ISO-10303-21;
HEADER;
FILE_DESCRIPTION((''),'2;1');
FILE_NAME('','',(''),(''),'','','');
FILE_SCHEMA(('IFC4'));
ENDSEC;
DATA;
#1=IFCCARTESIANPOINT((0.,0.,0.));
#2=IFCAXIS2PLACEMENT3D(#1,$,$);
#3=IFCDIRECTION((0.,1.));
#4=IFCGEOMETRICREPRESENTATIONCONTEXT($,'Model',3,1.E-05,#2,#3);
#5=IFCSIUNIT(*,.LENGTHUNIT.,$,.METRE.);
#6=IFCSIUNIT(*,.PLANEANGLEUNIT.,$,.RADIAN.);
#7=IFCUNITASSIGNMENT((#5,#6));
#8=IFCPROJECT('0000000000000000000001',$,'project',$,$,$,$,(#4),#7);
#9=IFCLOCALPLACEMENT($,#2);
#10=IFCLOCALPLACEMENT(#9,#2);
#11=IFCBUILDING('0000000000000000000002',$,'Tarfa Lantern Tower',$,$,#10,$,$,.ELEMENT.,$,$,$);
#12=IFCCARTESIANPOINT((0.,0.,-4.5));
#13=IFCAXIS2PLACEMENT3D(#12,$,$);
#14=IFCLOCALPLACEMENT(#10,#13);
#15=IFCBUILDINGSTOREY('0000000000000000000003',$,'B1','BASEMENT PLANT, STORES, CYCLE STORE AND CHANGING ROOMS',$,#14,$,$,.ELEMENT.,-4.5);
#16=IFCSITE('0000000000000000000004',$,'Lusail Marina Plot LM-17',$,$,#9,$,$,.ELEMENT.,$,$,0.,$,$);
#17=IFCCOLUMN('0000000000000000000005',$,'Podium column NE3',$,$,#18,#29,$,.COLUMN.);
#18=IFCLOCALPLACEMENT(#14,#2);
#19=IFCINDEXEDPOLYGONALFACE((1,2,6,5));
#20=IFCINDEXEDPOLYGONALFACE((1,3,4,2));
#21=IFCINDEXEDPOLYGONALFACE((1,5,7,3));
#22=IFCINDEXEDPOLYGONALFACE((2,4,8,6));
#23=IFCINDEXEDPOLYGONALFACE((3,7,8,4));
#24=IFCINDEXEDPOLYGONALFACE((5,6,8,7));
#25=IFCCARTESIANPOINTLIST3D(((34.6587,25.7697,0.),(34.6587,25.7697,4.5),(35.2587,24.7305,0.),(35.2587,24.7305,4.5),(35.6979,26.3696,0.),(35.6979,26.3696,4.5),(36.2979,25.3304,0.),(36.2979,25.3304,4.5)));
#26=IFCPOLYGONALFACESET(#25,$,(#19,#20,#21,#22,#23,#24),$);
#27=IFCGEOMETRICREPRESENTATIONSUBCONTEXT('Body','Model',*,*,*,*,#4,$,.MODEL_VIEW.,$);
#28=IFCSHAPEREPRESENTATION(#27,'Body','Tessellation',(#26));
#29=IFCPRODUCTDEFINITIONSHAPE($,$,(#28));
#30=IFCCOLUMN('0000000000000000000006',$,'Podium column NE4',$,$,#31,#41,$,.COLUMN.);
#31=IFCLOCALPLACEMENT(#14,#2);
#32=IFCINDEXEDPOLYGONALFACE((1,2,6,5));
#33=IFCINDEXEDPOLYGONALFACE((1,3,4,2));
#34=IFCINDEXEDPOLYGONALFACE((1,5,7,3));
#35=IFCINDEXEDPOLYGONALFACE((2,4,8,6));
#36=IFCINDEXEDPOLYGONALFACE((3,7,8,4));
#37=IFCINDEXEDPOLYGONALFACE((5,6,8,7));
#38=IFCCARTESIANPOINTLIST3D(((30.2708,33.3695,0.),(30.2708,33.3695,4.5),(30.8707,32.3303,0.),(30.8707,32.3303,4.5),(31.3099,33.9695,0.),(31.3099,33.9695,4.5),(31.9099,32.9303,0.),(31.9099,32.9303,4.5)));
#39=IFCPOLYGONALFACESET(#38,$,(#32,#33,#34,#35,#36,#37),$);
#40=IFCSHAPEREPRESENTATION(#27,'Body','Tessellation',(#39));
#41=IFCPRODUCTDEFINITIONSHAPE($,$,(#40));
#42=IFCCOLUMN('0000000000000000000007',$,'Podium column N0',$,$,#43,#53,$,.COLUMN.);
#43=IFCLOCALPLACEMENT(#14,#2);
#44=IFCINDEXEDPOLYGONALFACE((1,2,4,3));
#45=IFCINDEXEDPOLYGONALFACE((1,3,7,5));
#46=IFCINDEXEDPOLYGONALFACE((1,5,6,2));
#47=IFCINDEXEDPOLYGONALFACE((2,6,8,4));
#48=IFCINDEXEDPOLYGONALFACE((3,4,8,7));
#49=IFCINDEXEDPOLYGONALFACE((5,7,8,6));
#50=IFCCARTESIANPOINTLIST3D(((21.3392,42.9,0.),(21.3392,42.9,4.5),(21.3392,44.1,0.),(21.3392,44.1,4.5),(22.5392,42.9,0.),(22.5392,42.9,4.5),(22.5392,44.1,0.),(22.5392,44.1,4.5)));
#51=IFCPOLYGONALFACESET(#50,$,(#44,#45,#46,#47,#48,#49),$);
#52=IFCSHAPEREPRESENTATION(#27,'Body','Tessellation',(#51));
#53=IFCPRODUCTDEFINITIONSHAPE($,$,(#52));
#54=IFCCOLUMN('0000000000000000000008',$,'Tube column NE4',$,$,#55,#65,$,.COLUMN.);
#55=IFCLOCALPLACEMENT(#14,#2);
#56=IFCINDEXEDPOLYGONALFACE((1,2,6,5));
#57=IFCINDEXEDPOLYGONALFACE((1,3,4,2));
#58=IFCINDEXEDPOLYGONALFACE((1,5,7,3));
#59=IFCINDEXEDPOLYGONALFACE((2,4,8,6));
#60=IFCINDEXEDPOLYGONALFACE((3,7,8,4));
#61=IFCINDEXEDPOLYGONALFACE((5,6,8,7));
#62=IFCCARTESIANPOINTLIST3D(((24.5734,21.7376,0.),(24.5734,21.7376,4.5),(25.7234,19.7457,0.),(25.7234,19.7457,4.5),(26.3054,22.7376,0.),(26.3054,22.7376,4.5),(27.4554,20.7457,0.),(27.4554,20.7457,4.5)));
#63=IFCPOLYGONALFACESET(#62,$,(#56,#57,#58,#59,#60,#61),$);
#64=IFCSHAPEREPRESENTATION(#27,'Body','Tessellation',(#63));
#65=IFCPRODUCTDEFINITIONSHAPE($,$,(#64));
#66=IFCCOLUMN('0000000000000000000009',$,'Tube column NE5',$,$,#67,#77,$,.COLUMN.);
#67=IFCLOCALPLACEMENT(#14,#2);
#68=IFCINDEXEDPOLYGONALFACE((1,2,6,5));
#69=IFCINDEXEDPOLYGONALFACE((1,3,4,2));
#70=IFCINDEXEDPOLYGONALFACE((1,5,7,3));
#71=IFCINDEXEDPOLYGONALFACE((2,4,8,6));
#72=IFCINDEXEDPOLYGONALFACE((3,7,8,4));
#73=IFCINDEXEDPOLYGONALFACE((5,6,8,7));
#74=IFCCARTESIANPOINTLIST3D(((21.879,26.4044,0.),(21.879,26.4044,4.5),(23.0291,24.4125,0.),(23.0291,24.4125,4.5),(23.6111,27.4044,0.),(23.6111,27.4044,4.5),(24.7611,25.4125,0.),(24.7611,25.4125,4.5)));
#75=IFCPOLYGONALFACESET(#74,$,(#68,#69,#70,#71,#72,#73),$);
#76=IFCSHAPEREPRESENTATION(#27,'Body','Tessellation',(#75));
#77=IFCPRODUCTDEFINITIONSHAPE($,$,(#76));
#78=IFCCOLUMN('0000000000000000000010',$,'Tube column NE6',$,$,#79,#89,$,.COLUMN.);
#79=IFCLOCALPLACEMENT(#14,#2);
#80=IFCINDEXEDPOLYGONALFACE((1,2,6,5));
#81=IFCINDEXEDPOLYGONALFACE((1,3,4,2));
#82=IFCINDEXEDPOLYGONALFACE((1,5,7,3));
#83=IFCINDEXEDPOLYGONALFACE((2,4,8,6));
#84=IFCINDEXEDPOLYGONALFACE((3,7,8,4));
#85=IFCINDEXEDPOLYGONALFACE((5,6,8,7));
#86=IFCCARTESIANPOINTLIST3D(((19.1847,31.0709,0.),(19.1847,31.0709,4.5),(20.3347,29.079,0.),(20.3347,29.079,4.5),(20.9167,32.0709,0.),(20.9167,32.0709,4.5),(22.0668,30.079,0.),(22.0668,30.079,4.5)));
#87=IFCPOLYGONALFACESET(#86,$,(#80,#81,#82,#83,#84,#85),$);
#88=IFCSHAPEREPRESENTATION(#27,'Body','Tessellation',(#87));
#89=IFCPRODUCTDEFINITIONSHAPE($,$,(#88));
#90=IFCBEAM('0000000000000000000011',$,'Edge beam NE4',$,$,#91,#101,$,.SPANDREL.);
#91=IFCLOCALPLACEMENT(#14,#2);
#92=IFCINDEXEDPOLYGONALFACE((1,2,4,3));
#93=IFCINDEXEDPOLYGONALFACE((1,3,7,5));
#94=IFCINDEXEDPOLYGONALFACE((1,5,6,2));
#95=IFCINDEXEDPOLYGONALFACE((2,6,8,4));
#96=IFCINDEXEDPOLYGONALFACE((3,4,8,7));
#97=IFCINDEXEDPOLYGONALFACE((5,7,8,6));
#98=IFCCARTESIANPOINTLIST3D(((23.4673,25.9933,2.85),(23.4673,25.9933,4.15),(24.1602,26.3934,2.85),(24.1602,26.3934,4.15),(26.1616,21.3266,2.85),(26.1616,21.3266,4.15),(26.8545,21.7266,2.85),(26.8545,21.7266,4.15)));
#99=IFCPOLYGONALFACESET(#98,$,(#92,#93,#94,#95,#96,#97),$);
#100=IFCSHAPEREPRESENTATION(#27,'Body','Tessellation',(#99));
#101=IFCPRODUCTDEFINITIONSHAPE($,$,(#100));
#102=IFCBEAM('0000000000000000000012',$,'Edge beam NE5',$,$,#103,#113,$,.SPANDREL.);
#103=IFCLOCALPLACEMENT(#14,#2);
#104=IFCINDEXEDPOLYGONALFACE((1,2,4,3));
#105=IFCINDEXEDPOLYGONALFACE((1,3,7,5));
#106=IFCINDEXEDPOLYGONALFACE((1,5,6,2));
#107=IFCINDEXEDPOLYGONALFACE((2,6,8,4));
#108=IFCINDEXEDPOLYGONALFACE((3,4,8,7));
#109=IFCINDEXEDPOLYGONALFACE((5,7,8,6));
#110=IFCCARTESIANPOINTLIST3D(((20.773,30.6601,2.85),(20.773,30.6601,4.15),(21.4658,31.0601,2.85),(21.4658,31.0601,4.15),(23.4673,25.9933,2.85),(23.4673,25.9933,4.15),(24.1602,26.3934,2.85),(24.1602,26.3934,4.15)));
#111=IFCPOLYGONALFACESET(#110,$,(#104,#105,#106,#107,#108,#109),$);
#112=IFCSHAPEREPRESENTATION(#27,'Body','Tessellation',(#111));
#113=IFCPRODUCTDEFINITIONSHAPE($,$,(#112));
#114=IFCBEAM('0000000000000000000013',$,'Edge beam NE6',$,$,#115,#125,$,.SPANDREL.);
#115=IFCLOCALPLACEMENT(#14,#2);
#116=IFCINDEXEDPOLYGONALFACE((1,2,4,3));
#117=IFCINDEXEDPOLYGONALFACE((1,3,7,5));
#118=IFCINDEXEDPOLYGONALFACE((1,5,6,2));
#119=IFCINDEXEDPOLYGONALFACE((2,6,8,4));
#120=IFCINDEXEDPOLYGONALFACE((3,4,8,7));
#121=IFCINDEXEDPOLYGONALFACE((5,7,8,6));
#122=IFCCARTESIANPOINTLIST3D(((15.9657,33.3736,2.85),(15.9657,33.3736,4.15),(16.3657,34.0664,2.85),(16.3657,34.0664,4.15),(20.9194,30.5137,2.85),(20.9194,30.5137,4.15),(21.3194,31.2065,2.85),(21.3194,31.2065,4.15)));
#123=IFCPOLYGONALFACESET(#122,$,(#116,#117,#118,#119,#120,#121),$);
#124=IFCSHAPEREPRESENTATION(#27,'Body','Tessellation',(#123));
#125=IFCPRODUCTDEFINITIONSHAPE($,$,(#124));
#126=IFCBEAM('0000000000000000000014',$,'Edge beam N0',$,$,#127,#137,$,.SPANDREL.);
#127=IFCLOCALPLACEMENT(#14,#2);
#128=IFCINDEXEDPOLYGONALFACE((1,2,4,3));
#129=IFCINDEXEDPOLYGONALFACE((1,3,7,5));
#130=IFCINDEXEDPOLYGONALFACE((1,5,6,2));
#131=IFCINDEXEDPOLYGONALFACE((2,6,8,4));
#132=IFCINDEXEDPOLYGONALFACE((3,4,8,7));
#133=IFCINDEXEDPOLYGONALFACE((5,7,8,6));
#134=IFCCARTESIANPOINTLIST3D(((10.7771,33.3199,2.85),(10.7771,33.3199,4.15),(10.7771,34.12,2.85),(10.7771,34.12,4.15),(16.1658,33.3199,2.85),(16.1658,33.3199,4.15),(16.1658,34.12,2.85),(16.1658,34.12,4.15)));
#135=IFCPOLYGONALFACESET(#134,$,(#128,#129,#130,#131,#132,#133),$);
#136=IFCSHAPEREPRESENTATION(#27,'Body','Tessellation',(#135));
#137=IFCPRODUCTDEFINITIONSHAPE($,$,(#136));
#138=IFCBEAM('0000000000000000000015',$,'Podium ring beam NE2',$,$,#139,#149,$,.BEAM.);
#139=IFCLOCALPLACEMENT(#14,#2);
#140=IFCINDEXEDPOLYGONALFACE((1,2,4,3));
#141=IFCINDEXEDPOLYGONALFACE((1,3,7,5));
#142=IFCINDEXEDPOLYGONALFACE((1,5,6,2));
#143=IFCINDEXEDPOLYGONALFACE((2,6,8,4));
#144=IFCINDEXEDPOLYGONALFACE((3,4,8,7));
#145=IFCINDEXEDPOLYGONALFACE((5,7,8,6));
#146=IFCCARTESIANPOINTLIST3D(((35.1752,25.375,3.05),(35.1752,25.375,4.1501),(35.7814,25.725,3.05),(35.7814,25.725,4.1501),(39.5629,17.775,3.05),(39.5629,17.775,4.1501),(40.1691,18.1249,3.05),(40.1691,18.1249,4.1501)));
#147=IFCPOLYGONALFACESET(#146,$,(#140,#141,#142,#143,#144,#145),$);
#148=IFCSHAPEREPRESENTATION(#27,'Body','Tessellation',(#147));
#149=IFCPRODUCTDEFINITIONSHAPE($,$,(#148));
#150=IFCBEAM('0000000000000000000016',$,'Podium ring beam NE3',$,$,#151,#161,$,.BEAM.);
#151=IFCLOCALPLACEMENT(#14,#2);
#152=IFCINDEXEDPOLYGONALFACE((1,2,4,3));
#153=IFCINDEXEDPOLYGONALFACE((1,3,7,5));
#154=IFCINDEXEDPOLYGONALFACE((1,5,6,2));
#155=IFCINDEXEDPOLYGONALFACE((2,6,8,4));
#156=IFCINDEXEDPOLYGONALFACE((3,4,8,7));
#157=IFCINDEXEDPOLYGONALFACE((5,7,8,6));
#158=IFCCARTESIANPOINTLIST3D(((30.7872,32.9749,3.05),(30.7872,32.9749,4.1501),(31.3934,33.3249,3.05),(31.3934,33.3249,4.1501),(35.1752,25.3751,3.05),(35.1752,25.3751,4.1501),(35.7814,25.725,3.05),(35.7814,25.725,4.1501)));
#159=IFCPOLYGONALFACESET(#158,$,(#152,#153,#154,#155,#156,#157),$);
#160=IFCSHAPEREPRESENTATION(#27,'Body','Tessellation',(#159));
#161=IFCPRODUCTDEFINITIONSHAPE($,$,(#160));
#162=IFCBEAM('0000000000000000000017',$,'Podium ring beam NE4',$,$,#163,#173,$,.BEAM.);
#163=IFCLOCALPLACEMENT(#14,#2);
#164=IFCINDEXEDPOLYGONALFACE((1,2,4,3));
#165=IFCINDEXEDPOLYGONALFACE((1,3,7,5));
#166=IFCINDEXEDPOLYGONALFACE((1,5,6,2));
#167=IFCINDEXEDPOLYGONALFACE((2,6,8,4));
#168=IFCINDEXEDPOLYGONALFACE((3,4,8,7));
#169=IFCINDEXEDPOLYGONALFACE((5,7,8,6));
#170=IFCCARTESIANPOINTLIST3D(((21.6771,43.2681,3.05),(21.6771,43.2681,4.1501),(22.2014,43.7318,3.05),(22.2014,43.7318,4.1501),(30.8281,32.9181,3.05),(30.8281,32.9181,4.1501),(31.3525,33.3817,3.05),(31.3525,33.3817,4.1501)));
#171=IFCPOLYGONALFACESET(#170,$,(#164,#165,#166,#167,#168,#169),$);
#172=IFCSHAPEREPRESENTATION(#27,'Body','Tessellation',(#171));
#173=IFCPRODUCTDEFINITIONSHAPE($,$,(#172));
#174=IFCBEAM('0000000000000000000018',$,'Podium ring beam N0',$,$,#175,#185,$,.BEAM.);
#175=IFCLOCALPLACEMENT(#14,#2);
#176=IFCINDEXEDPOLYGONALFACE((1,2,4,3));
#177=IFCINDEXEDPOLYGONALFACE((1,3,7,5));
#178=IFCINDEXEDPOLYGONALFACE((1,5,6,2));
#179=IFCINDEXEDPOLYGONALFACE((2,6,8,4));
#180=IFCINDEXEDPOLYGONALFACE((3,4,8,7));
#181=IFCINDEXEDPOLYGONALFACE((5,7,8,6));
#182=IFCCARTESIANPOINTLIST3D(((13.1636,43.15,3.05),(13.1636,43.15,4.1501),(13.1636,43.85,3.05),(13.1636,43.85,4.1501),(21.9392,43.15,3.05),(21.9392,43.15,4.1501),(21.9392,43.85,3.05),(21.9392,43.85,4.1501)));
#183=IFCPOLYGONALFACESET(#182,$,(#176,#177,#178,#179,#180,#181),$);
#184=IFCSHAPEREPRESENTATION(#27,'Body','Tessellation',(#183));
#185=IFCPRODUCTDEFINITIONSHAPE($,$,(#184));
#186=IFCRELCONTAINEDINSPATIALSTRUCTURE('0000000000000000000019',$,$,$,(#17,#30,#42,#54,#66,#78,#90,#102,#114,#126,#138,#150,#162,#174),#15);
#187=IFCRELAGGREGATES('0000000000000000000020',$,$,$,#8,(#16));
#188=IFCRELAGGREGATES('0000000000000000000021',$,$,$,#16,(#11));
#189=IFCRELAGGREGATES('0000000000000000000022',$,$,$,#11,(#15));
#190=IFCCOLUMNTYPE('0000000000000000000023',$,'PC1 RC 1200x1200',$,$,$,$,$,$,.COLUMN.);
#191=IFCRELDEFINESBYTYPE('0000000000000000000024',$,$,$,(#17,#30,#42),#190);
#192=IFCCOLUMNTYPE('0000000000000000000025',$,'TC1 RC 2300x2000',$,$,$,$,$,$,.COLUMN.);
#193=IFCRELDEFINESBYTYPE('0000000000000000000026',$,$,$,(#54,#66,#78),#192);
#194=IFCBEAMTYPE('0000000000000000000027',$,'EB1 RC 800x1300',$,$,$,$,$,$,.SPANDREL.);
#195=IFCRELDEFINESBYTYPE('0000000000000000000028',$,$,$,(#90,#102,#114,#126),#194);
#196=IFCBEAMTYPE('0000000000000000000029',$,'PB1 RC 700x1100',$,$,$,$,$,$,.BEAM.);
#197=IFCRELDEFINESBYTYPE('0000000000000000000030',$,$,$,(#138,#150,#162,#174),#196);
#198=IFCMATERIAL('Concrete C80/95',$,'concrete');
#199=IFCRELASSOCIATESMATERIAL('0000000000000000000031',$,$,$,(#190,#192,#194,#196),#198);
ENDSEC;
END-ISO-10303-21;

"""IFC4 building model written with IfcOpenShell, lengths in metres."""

from ifc_helpers import new_model, si_unit, direction, frame, origin, origin_2d, place, context, subcontext, project, spatial, rectangle, extrude, material, material_profile, profile_set, type_object, element, save


model = new_model("IFC4")

# Units and contexts
model_context = context("Model", 3, precision=1e-05, world=origin(), true_north=direction((0.0, 1.0)))
body_context = subcontext(model_context, "Body", "Model", "MODEL_VIEW")
ifc_project = project(units=[si_unit("LENGTHUNIT", "METRE"), si_unit("PLANEANGLEUNIT", "RADIAN")], contexts=[model_context])

# Site, building, storey
site_placement = place(None, origin())
site = spatial("IfcSite", under=ifc_project, at=site_placement, Name="Lusail Marina Plot LM-17", CompositionType="ELEMENT", RefElevation=0.0)
building_placement = place(site_placement, origin())
building = spatial("IfcBuilding", under=site, at=building_placement, Name="Tarfa Lantern Tower", CompositionType="ELEMENT")
storey_placement = place(building_placement, frame((0.0, 0.0, -4.5)))
storey = spatial("IfcBuildingStorey", under=building, at=storey_placement, Name="B1", Description="BASEMENT PLANT, STORES, CYCLE STORE AND CHANGING ROOMS", CompositionType="ELEMENT", Elevation=-4.5)

# Columns
ifc_material_1 = material(Name="Concrete C80/95", Category="concrete")
ifc_material_profile_1 = material_profile(ifc_material_1, rectangle(XDim=1.2, YDim=1.2, at=origin_2d()), Name="RC 1200x1200")
ifc_profile_set_1 = profile_set([ifc_material_profile_1], Name="Concrete C80/95")
column_type_1 = type_object("IfcColumnType", Name="PC1 RC 1200x1200", PredefinedType="COLUMN", material=ifc_profile_set_1)
for number, where, z_axis, x_axis, name in (
    (1, (35.4783, 25.55, 0.0), (0.0, 0.0, 1.0), (-0.5, 0.866025, 0.0), "Podium column NE3"),
    (2, (31.0903, 33.1499, 0.0), (0.0, 0.0, 1.0), (-0.5, 0.866025, 0.0), "Podium column NE4"),
    (3, (21.9392, 43.5, 0.0), (0.0, 0.0, 1.0), (-1.0, 0.0, 0.0), "Podium column N0"),
):
    element("IfcColumn", number, at=place(storey_placement, frame(where, z_axis=z_axis, x_axis=x_axis)), inside=storey, type_object=column_type_1, Name=name, PredefinedType="COLUMN", context=body_context, shape_type="SweptSolid", body=[
        extrude(rectangle(XDim=1.2, YDim=1.2, at=origin_2d()), origin(), (0.0, 0.0, 1.0), 4.5),
    ])
ifc_material_profile_2 = material_profile(ifc_material_1, rectangle(XDim=2.3, YDim=2.0, at=origin_2d()), Name="RC 2300x2000")
ifc_profile_set_2 = profile_set([ifc_material_profile_2], Name="Concrete C80/95")
column_type_2 = type_object("IfcColumnType", Name="TC1 RC 2300x2000", PredefinedType="COLUMN", material=ifc_profile_set_2)
for number, where, z_axis, x_axis, name in (
    (4, (26.0144, 21.2417, 0.0), (0.0, 0.0, 1.0), (-0.5, 0.866025, 0.0), "Tube column NE4"),
    (5, (23.3201, 25.9084, 0.0), (0.0, 0.0, 1.0), (-0.5, 0.866025, 0.0), "Tube column NE5"),
    (6, (20.6257, 30.575, 0.0), (0.0, 0.0, 1.0), (-0.5, 0.866025, 0.0), "Tube column NE6"),
):
    element("IfcColumn", number, at=place(storey_placement, frame(where, z_axis=z_axis, x_axis=x_axis)), inside=storey, type_object=column_type_2, Name=name, PredefinedType="COLUMN", context=body_context, shape_type="SweptSolid", body=[
        extrude(rectangle(XDim=2.3, YDim=2.0, at=origin_2d()), origin(), (0.0, 0.0, 1.0), 4.5),
    ])

# Beams
ifc_material_profile_3 = material_profile(ifc_material_1, rectangle(XDim=0.8, YDim=1.3, at=origin_2d()), Name="RC 800x1300")
ifc_profile_set_3 = profile_set([ifc_material_profile_3], Name="Concrete C80/95")
beam_type_1 = type_object("IfcBeamType", Name="EB1 RC 800x1300", PredefinedType="SPANDREL", material=ifc_profile_set_3)
for number, where, z_axis, x_axis, name in (
    (7, (26.5081, 21.5266, 3.5), (-0.499998, 0.866026, 0.0), (-0.866026, -0.499998, 0.0), "Edge beam NE4"),
    (8, (23.8137, 26.1934, 3.5), (-0.499998, 0.866026, 0.0), (-0.866026, -0.499998, 0.0), "Edge beam NE5"),
):
    element("IfcBeam", number, at=place(storey_placement, frame(where, z_axis=z_axis, x_axis=x_axis)), inside=storey, type_object=beam_type_1, Name=name, PredefinedType="SPANDREL", context=body_context, shape_type="SweptSolid", body=[
        extrude(rectangle(XDim=0.8, YDim=1.3, at=origin_2d()), origin(), (0.0, 0.0, 1.0), 5.3887),
    ])
beam_1_placement = place(storey_placement, frame((21.1194, 30.8601, 3.5), z_axis=(-0.866033, 0.499986, 0.0), x_axis=(-0.499986, -0.866033, 0.0)))
element("IfcBeam", 9, at=beam_1_placement, inside=storey, type_object=beam_type_1, Name="Edge beam NE6", PredefinedType="SPANDREL", context=body_context, shape_type="SweptSolid", body=[
    extrude(rectangle(XDim=0.8, YDim=1.3, at=origin_2d()), origin(), (0.0, 0.0, 1.0), 5.72),
])
beam_2_placement = place(storey_placement, frame((16.1658, 33.72, 3.5), z_axis=(-1.0, 0.0, 0.0), x_axis=(0.0, -1.0, 0.0)))
element("IfcBeam", 10, at=beam_2_placement, inside=storey, type_object=beam_type_1, Name="Edge beam N0", PredefinedType="SPANDREL", context=body_context, shape_type="SweptSolid", body=[
    extrude(rectangle(XDim=0.8, YDim=1.3, at=origin_2d()), origin(), (0.0, 0.0, 1.0), 5.3887),
])
ifc_material_profile_4 = material_profile(ifc_material_1, rectangle(XDim=0.7, YDim=1.1001, at=origin_2d()), Name="RC 700x1100")
ifc_profile_set_4 = profile_set([ifc_material_profile_4], Name="Concrete C80/95")
beam_type_2 = type_object("IfcBeamType", Name="PB1 RC 700x1100", PredefinedType="BEAM", material=ifc_profile_set_4)
for number, where, z_axis, x_axis, name in (
    (11, (39.866, 17.95, 3.6001), (-0.499981, 0.866036, 0.0), (-0.866036, -0.499981, 0.0), "Podium ring beam NE2"),
    (12, (35.4783, 25.55, 3.6001), (-0.500014, 0.866017, 0.0), (-0.866017, -0.500014, 0.0), "Podium ring beam NE3"),
):
    element("IfcBeam", number, at=place(storey_placement, frame(where, z_axis=z_axis, x_axis=x_axis)), inside=storey, type_object=beam_type_2, Name=name, PredefinedType="BEAM", context=body_context, shape_type="SweptSolid", body=[
        extrude(rectangle(XDim=0.7, YDim=1.1001, at=origin_2d()), origin(), (0.0, 0.0, 1.0), 8.7756),
    ])
beam_3_placement = place(storey_placement, frame((31.0903, 33.1499, 3.6001), z_axis=(-0.662382, 0.749167, 0.0), x_axis=(-0.749167, -0.662382, 0.0)))
element("IfcBeam", 13, at=beam_3_placement, inside=storey, type_object=beam_type_2, Name="Podium ring beam NE4", PredefinedType="BEAM", context=body_context, shape_type="SweptSolid", body=[
    extrude(rectangle(XDim=0.7, YDim=1.1001, at=origin_2d()), origin(), (0.0, 0.0, 1.0), 13.8154),
])
beam_4_placement = place(storey_placement, frame((21.9392, 43.5, 3.6001), z_axis=(-1.0, 0.0, 0.0), x_axis=(0.0, -1.0, 0.0)))
element("IfcBeam", 14, at=beam_4_placement, inside=storey, type_object=beam_type_2, Name="Podium ring beam N0", PredefinedType="BEAM", context=body_context, shape_type="SweptSolid", body=[
    extrude(rectangle(XDim=0.7, YDim=1.1001, at=origin_2d()), origin(), (0.0, 0.0, 1.0), 8.7756),
])

save(model, "model.ifc")
